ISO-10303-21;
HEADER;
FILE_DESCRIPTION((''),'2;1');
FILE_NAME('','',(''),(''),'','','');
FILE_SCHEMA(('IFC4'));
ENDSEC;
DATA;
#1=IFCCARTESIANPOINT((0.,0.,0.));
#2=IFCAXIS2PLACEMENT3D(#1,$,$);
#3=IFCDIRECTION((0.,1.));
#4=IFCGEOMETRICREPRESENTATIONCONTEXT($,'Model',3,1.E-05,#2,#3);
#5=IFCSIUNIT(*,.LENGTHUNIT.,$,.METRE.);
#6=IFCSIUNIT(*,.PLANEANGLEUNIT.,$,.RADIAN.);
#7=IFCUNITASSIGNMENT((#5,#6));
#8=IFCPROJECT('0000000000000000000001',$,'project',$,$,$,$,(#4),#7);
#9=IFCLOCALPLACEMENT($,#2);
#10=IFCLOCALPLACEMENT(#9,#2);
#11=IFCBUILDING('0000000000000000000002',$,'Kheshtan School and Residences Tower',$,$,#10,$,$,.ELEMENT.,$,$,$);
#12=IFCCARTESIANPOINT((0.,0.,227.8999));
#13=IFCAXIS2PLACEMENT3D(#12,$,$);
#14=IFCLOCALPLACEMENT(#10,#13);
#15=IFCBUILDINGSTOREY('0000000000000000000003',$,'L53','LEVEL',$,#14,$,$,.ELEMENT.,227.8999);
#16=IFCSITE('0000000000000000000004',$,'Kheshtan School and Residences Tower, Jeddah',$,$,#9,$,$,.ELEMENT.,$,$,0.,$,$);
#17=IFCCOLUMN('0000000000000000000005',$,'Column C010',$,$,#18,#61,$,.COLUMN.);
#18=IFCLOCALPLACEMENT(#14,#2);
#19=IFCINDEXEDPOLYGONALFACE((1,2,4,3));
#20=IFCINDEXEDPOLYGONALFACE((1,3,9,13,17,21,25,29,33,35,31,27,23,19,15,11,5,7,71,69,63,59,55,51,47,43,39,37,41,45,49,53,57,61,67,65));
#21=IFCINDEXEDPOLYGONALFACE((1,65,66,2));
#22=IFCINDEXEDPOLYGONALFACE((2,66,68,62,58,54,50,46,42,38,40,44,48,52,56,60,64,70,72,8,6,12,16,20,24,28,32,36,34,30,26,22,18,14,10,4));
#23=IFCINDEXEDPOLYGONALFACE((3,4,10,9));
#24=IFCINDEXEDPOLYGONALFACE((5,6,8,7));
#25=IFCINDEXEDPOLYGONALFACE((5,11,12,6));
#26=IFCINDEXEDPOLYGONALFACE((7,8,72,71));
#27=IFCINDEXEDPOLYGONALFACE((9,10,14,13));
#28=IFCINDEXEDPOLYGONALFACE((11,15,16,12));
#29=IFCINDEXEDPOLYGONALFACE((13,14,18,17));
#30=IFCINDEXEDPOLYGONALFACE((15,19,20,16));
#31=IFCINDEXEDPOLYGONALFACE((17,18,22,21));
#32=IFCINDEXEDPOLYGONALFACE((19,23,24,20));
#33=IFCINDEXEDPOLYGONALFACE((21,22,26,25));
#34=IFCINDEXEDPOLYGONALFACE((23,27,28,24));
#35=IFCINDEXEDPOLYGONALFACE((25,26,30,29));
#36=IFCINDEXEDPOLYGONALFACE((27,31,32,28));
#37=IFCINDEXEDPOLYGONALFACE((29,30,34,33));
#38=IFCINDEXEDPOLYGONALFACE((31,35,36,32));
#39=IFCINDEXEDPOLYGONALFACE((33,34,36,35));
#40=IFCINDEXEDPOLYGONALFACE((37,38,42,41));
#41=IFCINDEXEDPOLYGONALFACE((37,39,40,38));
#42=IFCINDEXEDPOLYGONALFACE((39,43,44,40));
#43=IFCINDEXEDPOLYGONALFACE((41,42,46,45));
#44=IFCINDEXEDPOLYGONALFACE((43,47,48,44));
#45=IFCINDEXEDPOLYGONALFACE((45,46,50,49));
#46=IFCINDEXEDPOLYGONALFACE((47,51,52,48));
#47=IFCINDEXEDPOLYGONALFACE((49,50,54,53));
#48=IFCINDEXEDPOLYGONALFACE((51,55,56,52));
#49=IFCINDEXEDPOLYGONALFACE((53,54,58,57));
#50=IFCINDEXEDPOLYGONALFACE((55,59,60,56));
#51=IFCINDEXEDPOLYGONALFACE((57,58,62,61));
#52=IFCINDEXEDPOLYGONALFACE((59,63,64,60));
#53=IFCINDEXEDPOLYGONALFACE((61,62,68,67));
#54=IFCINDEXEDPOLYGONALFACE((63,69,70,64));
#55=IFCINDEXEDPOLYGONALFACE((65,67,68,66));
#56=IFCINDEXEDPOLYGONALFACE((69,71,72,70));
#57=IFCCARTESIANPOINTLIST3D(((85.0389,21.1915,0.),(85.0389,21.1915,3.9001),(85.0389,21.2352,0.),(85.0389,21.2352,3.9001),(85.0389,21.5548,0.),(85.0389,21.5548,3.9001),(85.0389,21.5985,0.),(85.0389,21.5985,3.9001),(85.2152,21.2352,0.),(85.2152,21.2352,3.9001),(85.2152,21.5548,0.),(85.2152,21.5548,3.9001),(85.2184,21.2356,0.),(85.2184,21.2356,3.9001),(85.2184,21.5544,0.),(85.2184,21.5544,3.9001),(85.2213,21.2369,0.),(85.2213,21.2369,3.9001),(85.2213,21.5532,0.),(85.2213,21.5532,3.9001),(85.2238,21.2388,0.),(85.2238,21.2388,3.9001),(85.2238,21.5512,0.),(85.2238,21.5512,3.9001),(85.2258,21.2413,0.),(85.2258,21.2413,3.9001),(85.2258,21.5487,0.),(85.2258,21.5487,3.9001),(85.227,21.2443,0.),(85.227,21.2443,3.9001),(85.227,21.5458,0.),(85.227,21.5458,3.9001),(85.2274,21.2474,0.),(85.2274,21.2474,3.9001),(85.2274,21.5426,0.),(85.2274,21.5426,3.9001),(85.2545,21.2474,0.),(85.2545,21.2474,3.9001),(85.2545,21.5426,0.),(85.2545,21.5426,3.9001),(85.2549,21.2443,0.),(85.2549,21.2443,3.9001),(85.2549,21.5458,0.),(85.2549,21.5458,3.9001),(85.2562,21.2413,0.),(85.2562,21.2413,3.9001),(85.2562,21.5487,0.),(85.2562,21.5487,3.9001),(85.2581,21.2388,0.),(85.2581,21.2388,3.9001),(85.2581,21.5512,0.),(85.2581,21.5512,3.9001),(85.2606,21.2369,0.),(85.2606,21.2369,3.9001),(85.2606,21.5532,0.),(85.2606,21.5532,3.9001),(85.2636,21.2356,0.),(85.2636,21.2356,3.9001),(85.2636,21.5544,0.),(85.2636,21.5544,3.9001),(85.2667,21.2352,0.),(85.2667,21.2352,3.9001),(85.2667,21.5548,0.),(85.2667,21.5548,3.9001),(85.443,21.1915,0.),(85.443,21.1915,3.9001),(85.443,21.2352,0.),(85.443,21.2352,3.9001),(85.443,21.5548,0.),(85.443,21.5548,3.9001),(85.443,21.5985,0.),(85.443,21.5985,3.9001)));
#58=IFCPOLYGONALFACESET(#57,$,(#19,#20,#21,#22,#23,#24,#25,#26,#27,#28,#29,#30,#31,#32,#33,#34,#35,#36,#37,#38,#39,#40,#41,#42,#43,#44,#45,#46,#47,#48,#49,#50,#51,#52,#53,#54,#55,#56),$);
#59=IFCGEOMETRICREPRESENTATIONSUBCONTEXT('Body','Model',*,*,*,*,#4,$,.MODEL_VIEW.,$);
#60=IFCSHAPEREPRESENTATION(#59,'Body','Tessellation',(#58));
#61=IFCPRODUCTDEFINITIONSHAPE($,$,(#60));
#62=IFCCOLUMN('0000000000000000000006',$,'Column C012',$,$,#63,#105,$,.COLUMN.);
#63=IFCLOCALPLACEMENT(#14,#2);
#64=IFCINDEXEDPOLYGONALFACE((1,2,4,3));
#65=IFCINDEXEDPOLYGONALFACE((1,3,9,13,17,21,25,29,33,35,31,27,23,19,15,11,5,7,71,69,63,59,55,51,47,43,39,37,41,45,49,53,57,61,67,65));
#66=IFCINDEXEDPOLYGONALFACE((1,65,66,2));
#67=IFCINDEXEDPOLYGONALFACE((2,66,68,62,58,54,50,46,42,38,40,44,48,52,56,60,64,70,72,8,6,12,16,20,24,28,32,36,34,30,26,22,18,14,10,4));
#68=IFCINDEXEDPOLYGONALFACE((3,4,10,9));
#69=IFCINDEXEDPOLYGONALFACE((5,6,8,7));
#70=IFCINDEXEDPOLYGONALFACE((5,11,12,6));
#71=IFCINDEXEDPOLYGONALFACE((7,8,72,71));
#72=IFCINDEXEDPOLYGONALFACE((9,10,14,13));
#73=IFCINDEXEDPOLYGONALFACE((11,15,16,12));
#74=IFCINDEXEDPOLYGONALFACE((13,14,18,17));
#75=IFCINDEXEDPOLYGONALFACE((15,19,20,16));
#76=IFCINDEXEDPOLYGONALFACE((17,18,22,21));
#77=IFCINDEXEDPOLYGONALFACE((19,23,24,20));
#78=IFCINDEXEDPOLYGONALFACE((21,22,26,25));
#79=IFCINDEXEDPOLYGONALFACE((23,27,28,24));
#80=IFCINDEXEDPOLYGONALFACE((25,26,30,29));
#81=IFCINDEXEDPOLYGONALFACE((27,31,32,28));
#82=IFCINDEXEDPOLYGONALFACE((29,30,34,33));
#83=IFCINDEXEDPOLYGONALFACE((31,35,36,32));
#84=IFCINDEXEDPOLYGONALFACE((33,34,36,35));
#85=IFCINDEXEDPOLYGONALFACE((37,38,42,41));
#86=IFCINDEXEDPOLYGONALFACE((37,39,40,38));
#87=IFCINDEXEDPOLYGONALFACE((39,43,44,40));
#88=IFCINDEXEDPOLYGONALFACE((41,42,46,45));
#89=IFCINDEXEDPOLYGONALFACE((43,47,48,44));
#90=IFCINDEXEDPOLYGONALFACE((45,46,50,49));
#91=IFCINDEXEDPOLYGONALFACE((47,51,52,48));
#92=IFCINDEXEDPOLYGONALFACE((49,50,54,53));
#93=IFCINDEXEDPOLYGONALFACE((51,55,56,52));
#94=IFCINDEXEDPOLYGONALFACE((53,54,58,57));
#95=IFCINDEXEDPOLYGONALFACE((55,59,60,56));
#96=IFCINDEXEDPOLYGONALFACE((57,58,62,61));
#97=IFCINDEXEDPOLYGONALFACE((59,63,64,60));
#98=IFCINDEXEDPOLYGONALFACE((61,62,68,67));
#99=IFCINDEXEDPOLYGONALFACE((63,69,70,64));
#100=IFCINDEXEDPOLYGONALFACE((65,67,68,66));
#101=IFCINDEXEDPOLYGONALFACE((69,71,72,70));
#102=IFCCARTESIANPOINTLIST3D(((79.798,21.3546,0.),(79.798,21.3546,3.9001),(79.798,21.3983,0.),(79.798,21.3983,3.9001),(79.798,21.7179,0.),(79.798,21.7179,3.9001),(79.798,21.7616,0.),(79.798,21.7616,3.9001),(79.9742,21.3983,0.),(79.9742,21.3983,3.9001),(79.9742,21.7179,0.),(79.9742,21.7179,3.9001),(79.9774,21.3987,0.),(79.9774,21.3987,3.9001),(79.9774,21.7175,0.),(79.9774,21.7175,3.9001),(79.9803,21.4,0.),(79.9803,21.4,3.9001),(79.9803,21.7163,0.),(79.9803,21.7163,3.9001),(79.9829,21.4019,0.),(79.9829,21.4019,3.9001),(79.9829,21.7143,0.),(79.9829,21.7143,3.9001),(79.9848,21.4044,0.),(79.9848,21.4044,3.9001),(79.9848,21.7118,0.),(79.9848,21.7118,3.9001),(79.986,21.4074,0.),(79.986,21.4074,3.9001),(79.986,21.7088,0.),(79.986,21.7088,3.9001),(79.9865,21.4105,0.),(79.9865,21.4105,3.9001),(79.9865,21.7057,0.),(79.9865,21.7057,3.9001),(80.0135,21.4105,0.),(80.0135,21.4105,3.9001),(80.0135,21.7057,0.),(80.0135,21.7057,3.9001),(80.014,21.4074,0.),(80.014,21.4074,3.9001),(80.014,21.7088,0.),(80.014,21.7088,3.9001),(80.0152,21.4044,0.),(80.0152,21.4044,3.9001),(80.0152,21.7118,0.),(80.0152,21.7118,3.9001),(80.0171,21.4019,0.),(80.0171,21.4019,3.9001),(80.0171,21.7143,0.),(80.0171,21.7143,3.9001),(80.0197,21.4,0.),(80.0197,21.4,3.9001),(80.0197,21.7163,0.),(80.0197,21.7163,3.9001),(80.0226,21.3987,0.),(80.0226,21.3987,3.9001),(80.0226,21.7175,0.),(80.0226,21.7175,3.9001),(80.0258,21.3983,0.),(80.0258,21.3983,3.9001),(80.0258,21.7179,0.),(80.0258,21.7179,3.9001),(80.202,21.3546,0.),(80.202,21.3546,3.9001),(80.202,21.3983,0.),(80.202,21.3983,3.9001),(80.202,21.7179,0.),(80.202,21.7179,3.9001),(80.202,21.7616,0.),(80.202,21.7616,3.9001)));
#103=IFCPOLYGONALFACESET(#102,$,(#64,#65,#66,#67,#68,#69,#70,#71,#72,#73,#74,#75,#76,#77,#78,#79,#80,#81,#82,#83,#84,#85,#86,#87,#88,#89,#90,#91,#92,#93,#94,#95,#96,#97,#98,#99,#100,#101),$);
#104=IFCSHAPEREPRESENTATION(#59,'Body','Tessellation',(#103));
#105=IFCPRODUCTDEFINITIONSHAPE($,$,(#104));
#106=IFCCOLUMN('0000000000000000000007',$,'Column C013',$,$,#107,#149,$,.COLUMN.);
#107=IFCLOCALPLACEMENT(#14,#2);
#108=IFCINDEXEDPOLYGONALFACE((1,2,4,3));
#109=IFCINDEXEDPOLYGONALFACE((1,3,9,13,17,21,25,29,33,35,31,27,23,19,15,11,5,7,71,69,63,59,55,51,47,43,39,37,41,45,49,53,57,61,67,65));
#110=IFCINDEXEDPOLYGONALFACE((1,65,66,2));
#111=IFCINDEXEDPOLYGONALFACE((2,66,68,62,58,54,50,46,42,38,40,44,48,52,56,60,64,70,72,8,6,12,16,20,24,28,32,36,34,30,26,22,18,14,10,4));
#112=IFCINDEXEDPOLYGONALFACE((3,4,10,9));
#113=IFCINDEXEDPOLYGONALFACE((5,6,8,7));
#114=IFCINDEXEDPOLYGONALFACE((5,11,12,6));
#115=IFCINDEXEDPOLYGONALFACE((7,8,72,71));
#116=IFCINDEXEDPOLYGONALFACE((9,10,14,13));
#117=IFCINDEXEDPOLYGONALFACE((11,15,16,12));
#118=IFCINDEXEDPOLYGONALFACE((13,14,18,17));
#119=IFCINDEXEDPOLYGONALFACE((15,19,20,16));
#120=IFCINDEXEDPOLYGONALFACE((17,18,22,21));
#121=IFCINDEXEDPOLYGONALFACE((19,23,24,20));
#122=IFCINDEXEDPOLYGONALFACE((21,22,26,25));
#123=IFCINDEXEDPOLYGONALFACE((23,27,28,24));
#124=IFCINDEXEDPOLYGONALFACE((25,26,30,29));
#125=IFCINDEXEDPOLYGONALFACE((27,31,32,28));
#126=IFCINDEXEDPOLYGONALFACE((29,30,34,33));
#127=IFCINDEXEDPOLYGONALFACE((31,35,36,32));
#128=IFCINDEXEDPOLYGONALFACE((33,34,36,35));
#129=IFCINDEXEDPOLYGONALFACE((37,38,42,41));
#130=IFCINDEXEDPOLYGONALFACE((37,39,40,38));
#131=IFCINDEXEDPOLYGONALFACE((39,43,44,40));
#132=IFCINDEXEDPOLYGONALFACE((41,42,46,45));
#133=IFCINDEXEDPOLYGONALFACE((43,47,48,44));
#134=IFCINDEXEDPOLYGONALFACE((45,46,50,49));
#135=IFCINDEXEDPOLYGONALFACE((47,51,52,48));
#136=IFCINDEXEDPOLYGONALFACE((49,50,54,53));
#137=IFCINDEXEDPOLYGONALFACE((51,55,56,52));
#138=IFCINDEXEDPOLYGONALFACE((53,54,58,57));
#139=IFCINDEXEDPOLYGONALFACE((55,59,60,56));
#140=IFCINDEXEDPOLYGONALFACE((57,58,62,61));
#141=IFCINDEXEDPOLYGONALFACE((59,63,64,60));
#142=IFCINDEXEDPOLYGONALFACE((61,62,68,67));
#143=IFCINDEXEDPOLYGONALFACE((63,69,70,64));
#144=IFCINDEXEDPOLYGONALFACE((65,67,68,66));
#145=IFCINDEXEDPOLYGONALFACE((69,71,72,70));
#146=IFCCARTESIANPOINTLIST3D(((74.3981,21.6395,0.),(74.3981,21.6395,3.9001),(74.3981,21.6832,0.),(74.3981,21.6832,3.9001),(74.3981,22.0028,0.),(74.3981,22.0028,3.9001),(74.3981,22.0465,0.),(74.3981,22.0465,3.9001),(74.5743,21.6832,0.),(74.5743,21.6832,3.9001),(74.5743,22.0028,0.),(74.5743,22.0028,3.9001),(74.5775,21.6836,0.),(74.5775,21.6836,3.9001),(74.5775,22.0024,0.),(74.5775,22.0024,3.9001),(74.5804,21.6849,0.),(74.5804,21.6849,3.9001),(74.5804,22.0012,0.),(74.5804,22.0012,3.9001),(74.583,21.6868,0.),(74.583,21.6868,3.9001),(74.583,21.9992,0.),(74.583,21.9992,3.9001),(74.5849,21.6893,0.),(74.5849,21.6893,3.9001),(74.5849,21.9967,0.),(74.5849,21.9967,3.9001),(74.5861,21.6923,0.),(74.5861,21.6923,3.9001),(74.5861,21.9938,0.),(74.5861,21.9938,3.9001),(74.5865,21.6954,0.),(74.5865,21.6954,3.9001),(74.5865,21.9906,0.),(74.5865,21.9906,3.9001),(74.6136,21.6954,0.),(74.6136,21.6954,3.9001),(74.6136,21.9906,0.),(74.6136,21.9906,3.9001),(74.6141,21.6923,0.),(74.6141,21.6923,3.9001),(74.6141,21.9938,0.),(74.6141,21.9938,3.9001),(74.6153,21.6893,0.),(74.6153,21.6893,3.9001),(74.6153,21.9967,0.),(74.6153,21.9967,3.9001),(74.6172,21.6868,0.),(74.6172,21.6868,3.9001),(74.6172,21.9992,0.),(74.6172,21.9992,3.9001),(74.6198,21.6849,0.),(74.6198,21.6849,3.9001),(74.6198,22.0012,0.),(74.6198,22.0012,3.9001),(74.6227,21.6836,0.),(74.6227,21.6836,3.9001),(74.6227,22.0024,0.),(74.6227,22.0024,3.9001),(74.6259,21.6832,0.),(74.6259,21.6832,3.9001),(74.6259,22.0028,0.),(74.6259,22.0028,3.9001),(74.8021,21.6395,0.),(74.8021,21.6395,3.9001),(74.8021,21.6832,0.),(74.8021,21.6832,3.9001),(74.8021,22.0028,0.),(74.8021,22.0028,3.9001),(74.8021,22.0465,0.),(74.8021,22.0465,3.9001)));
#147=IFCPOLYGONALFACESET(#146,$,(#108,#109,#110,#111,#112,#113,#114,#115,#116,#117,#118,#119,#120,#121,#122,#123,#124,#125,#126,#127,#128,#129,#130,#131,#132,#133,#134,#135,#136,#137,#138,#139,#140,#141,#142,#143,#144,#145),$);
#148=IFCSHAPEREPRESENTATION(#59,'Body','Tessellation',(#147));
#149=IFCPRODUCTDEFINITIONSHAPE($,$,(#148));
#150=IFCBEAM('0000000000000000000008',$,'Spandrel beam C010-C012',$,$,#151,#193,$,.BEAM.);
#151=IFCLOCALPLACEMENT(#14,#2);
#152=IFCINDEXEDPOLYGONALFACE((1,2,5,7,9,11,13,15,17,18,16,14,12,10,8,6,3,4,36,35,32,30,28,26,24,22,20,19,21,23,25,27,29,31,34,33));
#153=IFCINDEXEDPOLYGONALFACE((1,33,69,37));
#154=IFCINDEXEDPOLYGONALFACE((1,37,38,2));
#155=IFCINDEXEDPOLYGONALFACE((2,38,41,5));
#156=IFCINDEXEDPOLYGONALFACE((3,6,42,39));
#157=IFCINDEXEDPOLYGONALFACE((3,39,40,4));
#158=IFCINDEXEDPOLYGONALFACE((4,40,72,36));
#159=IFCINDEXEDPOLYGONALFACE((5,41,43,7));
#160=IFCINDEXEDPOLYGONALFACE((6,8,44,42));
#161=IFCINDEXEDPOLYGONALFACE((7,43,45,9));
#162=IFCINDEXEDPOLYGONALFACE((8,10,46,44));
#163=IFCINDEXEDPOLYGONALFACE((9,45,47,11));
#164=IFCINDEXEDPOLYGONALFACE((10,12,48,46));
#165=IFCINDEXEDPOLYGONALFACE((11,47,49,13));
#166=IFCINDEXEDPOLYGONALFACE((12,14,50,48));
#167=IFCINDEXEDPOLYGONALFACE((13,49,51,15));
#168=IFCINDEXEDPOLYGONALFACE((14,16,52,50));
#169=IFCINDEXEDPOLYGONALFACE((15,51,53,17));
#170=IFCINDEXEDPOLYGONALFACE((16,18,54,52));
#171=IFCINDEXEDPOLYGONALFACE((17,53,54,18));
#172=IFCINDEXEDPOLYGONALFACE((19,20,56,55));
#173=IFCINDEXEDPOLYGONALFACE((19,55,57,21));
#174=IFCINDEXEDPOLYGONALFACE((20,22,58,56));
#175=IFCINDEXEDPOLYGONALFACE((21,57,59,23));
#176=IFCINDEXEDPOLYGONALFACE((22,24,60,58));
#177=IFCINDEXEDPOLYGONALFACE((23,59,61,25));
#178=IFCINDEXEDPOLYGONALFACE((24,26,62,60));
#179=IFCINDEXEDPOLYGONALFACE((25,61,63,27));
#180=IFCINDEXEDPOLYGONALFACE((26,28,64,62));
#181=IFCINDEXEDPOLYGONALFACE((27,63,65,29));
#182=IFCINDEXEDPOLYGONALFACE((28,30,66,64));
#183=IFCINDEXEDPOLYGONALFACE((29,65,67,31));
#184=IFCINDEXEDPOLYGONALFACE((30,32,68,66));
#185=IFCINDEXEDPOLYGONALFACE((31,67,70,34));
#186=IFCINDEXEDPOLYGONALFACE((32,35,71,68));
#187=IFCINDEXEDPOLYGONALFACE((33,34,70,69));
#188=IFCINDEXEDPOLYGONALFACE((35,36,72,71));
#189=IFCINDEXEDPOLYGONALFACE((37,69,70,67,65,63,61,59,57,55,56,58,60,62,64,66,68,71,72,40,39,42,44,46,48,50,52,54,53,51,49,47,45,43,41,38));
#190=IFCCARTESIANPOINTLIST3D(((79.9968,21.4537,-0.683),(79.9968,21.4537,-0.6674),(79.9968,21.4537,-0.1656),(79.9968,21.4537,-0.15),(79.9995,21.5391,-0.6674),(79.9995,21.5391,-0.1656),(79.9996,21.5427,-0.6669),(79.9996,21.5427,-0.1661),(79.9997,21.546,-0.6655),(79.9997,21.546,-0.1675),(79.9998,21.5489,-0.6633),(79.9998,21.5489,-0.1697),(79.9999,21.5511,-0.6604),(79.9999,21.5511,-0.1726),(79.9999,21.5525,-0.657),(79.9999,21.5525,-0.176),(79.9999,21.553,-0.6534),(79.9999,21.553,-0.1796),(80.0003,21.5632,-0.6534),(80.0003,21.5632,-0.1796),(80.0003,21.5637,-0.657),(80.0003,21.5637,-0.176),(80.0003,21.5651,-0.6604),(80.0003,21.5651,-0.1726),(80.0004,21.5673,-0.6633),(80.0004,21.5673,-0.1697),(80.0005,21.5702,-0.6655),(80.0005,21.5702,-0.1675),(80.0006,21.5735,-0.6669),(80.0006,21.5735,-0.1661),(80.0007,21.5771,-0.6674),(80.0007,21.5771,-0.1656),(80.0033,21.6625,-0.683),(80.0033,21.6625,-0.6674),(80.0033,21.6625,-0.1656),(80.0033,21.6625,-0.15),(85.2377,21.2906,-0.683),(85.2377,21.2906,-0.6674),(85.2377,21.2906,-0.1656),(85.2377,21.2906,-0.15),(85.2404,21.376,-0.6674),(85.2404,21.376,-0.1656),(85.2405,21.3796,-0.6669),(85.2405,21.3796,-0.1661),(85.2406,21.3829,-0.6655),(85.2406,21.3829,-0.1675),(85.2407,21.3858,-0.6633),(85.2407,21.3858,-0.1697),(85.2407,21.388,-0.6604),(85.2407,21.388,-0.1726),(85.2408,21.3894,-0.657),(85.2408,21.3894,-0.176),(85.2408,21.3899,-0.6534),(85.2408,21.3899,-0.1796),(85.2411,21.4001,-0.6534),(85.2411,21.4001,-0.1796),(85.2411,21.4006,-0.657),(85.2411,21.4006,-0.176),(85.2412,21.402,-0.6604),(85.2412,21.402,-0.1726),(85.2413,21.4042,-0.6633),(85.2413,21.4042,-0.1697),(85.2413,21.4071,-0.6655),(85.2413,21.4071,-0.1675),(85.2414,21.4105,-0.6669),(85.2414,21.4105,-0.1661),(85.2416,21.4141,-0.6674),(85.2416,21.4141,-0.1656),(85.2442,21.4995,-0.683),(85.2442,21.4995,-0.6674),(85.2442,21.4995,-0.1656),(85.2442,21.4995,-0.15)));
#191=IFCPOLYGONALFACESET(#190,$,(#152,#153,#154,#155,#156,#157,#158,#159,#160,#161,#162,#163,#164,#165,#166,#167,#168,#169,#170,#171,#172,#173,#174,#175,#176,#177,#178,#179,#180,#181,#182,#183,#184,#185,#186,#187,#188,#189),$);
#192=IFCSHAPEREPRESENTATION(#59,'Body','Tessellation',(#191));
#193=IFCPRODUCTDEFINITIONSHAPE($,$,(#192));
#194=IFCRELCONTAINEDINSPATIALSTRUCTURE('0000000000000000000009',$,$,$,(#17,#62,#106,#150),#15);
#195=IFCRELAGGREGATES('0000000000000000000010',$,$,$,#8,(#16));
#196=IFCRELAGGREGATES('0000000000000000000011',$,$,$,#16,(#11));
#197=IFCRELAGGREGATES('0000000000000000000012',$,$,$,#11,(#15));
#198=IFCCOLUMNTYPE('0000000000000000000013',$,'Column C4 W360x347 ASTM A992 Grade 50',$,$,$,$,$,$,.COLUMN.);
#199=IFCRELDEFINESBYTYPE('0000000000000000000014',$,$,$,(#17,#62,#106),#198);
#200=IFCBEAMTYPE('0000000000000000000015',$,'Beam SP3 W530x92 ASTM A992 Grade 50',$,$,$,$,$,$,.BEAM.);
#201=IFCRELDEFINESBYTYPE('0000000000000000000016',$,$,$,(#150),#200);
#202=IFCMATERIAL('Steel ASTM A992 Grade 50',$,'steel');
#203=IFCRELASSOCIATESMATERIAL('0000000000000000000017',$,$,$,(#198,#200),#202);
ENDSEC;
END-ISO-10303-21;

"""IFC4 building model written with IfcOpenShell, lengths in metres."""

from ifc_helpers import new_model, si_unit, direction, frame, origin, origin_2d, place, context, subcontext, project, spatial, i_section, extrude, material, material_profile, profile_set, type_object, element, save


model = new_model("IFC4")

# Units and contexts
model_context = context("Model", 3, precision=1e-05, world=origin(), true_north=direction((0.0, 1.0)))
body_context = subcontext(model_context, "Body", "Model", "MODEL_VIEW")
ifc_project = project(units=[si_unit("LENGTHUNIT", "METRE"), si_unit("PLANEANGLEUNIT", "RADIAN")], contexts=[model_context])

# Site, building, storey
site_placement = place(None, origin())
site = spatial("IfcSite", under=ifc_project, at=site_placement, Name="Kheshtan School and Residences Tower, Jeddah", CompositionType="ELEMENT", RefElevation=0.0)
building_placement = place(site_placement, origin())
building = spatial("IfcBuilding", under=site, at=building_placement, Name="Kheshtan School and Residences Tower", CompositionType="ELEMENT")
storey_placement = place(building_placement, frame((0.0, 0.0, 227.8999)))
storey = spatial("IfcBuildingStorey", under=building, at=storey_placement, Name="L53", Description="LEVEL", CompositionType="ELEMENT", Elevation=227.8999)

# Columns
ifc_material_1 = material(Name="Steel ASTM A992 Grade 50", Category="steel")
ifc_material_profile_1 = material_profile(ifc_material_1, i_section(OverallWidth=0.4041, OverallDepth=0.407, WebThickness=0.0271, FlangeThickness=0.0437, FilletRadius=0.0122, at=origin_2d()), Name="W360x347")
ifc_profile_set_1 = profile_set([ifc_material_profile_1], Name="Steel ASTM A992 Grade 50")
column_type = type_object("IfcColumnType", Name="Column C4 W360x347 ASTM A992 Grade 50", PredefinedType="COLUMN", material=ifc_profile_set_1)
for number, where, z_axis, x_axis, name in (
    (1, (85.241, 21.395, 0.0), (0.0, 0.0, 1.0), (1.0, 0.0, 0.0), "Column C010"),
    (2, (80.0, 21.5581, 0.0), (0.0, 0.0, 1.0), (1.0, 0.0, 0.0), "Column C012"),
    (3, (74.6001, 21.843, 0.0), (0.0, 0.0, 1.0), (1.0, 0.0, 0.0), "Column C013"),
):
    element("IfcColumn", number, at=place(storey_placement, frame(where, z_axis=z_axis, x_axis=x_axis)), inside=storey, type_object=column_type, Name=name, PredefinedType="COLUMN", context=body_context, shape_type="SweptSolid", body=[
        extrude(i_section(OverallWidth=0.4041, OverallDepth=0.407, WebThickness=0.0271, FlangeThickness=0.0437, FilletRadius=0.0122, at=origin_2d()), origin(), (0.0, 0.0, 1.0), 3.9001),
    ])

# Beam
ifc_material_profile_2 = material_profile(ifc_material_1, i_section(OverallWidth=0.209, OverallDepth=0.533, WebThickness=0.0103, FlangeThickness=0.0156, FilletRadius=0.0139, at=origin_2d()), Name="W530x92")
ifc_profile_set_2 = profile_set([ifc_material_profile_2], Name="Steel ASTM A992 Grade 50")
beam_type = type_object("IfcBeamType", Name="Beam SP3 W530x92 ASTM A992 Grade 50", PredefinedType="BEAM", material=ifc_profile_set_2)
beam_1_placement = place(storey_placement, frame((85.241, 21.395, -0.4165), z_axis=(-0.999516, 0.031102, 0.0), x_axis=(-0.031102, -0.999516, 0.0)))
element("IfcBeam", 4, at=beam_1_placement, inside=storey, type_object=beam_type, Name="Spandrel beam C010-C012", PredefinedType="BEAM", context=body_context, shape_type="SweptSolid", body=[
    extrude(i_section(OverallWidth=0.209, OverallDepth=0.533, WebThickness=0.0103, FlangeThickness=0.0156, FilletRadius=0.0139, at=origin_2d()), origin(), (0.0, 0.0, 1.0), 5.2434),
])

save(model, "model.ifc")
